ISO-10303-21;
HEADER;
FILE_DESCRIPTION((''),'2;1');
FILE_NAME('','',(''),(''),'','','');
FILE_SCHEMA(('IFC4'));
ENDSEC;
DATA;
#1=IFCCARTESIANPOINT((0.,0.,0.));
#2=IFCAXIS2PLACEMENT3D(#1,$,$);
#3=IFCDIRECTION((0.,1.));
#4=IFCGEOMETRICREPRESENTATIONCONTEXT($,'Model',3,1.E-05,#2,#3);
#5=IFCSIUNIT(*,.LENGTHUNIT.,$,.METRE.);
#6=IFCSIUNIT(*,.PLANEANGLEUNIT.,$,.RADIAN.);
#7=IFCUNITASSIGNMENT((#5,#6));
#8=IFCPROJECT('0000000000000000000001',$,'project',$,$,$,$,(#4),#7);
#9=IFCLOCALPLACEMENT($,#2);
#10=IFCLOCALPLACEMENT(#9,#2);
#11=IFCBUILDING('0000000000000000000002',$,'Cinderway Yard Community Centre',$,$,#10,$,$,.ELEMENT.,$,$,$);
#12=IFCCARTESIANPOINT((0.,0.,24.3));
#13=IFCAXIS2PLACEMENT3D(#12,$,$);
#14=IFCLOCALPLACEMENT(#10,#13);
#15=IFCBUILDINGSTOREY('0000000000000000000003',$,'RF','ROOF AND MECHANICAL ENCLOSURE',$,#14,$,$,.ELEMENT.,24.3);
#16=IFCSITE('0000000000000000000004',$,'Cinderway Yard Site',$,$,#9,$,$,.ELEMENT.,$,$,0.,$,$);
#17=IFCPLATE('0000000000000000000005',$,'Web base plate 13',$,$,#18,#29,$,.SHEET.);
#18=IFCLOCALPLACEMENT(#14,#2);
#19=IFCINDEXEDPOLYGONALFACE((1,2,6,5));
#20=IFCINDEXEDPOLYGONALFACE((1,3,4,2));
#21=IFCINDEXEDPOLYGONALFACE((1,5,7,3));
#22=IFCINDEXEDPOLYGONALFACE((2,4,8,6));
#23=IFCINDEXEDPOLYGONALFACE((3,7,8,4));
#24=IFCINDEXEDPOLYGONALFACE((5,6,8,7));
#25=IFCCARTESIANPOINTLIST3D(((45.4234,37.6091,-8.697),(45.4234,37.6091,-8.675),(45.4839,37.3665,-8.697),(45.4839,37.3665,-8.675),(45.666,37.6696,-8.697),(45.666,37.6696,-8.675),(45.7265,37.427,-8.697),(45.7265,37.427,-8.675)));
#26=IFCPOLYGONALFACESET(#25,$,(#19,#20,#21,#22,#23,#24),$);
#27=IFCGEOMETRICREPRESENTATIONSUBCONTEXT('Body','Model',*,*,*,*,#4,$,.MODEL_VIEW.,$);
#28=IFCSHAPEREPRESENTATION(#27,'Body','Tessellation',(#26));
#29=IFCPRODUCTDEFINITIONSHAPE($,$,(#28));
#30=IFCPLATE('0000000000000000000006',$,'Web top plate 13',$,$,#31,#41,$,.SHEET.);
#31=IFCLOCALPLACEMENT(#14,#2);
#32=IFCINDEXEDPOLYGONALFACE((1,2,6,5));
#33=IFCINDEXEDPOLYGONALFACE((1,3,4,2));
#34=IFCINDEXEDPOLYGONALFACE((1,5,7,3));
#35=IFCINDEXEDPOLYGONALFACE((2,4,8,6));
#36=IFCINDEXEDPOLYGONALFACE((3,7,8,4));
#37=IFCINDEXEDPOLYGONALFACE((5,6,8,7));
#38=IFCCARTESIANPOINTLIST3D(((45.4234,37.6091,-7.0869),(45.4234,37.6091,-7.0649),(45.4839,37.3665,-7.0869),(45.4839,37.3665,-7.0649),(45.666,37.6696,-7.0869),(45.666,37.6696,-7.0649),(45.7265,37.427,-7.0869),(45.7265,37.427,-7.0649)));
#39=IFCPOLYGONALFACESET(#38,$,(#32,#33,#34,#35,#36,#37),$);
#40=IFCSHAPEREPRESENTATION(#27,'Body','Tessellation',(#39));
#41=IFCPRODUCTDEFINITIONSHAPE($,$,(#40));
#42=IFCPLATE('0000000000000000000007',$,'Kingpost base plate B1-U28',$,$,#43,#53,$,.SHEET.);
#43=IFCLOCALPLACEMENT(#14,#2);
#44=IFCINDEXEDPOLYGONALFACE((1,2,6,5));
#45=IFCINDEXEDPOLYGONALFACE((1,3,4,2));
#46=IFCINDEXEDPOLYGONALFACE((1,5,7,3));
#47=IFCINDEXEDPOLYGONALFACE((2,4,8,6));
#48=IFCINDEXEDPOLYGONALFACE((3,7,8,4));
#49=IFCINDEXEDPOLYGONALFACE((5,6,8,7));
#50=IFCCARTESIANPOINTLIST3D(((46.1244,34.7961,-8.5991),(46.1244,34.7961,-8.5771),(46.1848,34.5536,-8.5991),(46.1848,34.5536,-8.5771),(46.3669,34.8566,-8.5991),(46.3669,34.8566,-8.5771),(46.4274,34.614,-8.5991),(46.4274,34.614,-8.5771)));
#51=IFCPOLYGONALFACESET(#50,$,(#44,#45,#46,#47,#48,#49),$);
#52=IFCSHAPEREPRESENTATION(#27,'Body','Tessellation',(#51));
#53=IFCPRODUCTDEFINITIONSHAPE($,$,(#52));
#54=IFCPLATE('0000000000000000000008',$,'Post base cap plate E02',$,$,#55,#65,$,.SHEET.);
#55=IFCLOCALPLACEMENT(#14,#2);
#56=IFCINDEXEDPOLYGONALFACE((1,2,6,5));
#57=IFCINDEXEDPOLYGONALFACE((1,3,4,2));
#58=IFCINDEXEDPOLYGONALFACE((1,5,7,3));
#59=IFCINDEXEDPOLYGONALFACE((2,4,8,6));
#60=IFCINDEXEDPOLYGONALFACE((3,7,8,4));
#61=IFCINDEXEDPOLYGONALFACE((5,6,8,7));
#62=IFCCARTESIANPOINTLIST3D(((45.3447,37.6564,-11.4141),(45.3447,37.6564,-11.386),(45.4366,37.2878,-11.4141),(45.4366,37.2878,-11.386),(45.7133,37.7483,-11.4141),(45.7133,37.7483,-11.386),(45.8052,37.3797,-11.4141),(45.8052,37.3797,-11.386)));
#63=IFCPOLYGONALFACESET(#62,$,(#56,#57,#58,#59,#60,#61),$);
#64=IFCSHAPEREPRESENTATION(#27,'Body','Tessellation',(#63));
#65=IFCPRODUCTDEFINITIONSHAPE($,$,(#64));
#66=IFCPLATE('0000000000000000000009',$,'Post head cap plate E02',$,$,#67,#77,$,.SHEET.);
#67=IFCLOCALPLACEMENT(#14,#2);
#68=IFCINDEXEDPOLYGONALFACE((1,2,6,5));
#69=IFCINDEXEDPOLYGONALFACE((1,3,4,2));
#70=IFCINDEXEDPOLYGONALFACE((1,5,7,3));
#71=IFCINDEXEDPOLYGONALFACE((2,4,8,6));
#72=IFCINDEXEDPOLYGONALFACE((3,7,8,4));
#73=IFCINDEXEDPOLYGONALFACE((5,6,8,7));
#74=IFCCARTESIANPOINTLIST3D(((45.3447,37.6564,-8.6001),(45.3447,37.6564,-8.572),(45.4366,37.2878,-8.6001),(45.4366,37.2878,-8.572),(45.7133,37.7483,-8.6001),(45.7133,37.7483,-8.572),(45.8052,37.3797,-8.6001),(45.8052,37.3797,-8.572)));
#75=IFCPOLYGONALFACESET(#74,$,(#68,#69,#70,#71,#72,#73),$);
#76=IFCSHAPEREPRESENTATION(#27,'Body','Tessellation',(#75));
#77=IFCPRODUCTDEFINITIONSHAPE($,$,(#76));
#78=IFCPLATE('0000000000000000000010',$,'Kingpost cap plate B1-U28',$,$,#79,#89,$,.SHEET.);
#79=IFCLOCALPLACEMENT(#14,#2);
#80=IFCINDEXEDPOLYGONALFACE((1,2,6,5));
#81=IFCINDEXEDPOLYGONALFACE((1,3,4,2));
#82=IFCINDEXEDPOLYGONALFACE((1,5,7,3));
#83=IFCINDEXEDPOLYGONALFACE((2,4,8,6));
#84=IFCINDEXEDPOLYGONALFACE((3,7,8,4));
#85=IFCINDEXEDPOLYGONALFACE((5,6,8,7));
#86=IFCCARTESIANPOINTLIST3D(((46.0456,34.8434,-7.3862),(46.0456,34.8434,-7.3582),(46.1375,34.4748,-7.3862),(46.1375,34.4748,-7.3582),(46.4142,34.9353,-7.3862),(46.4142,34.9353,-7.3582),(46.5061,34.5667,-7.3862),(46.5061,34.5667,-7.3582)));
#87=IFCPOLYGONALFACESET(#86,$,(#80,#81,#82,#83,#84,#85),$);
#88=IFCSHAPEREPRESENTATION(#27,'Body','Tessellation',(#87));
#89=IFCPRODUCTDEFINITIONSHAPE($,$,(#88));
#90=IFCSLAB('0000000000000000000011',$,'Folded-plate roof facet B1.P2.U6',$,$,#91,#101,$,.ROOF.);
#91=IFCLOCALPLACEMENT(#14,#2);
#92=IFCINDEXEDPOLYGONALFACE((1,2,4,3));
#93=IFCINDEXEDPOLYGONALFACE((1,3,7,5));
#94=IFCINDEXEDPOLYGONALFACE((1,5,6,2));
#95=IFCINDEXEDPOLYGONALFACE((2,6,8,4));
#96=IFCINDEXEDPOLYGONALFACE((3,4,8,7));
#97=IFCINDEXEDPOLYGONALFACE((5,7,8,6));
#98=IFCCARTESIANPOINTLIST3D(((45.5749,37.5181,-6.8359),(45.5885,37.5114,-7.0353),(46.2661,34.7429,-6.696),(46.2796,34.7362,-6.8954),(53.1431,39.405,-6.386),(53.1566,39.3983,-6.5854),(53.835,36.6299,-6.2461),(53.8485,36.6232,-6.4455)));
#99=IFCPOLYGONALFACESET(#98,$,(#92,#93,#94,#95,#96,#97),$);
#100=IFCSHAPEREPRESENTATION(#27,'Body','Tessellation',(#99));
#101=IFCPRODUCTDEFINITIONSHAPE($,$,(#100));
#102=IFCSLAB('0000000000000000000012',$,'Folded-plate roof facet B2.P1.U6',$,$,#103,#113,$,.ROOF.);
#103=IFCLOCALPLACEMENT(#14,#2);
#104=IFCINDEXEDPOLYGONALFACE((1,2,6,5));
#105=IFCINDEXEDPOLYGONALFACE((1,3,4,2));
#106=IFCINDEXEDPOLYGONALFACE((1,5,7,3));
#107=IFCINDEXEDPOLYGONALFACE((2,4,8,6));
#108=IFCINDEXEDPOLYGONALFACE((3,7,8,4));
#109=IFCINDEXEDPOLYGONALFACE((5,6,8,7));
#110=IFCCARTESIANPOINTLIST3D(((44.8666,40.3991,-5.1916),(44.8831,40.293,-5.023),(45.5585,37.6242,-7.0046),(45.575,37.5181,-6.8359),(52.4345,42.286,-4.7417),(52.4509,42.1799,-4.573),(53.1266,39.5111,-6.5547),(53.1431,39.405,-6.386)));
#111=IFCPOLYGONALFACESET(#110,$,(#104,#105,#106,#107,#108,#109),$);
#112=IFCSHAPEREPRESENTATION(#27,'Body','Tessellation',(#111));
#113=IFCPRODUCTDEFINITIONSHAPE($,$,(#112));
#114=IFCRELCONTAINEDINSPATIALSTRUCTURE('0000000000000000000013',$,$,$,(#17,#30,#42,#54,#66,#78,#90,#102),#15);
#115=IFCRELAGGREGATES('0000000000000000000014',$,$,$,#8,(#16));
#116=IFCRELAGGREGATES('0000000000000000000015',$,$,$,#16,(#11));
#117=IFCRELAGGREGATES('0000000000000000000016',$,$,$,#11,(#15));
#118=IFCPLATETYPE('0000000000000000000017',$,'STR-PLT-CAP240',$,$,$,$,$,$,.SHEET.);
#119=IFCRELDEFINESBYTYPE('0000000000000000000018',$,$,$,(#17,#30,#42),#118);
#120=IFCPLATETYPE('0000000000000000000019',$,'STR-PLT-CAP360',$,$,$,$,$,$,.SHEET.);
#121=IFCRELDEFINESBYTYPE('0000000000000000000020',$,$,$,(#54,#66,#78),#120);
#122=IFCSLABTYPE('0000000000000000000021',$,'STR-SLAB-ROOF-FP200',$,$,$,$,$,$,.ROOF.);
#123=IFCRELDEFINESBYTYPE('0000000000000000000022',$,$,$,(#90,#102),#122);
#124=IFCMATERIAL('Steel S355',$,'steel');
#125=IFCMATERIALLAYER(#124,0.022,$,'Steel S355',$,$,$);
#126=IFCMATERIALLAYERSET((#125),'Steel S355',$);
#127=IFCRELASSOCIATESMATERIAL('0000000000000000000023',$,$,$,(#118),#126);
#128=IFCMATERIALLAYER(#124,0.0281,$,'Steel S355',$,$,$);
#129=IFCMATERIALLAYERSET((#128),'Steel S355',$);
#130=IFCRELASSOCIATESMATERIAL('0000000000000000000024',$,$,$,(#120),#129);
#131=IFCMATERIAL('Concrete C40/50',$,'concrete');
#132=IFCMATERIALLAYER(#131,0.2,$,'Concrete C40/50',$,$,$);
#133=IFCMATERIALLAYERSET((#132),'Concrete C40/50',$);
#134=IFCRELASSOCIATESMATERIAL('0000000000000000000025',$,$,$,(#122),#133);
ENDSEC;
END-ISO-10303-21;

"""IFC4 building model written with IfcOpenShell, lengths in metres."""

from ifc_helpers import new_model, si_unit, direction, frame, origin, origin_2d, place, context, subcontext, project, spatial, polyline, rectangle, outline, extrude, material, layer, layer_set, type_object, element, save


model = new_model("IFC4")

# Units and contexts
model_context = context("Model", 3, precision=1e-05, world=origin(), true_north=direction((0.0, 1.0)))
body_context = subcontext(model_context, "Body", "Model", "MODEL_VIEW")
ifc_project = project(units=[si_unit("LENGTHUNIT", "METRE"), si_unit("PLANEANGLEUNIT", "RADIAN")], contexts=[model_context])

# Site, building, storey
site_placement = place(None, origin())
site = spatial("IfcSite", under=ifc_project, at=site_placement, Name="Cinderway Yard Site", CompositionType="ELEMENT", RefElevation=0.0)
building_placement = place(site_placement, origin())
building = spatial("IfcBuilding", under=site, at=building_placement, Name="Cinderway Yard Community Centre", CompositionType="ELEMENT")
storey_placement = place(building_placement, frame((0.0, 0.0, 24.3)))
storey = spatial("IfcBuildingStorey", under=building, at=storey_placement, Name="RF", Description="ROOF AND MECHANICAL ENCLOSURE", CompositionType="ELEMENT", Elevation=24.3)

# Shared definitions
ifc_material_1 = material(Name="Steel S355", Category="steel")

# Shared definitions
ifc_material_2 = material(Name="Concrete C40/50", Category="concrete")

# Plates
ifc_layer_1 = layer(ifc_material_1, 0.022, Name="Steel S355")
ifc_layer_set_1 = layer_set([ifc_layer_1], Name="Steel S355")
plate_type_1 = type_object("IfcPlateType", Name="STR-PLT-CAP240", PredefinedType="SHEET", material=ifc_layer_set_1)
for number, where, z_axis, x_axis, name in (
    (1, (45.575, 37.5181, -8.697), (0.0, 0.0, 1.0), (0.970296, 0.241922, 0.0), "Web base plate 13"),
    (2, (45.575, 37.5181, -7.0869), (0.0, 0.0, 1.0), (0.970296, 0.241922, 0.0), "Web top plate 13"),
    (3, (46.2759, 34.7051, -8.5991), (0.0, 0.0, 1.0), (0.970296, 0.241922, 0.0), "Kingpost base plate B1-U28"),
):
    element("IfcPlate", number, at=place(storey_placement, frame(where, z_axis=z_axis, x_axis=x_axis)), inside=storey, type_object=plate_type_1, Name=name, PredefinedType="SHEET", context=body_context, shape_type="SweptSolid", body=[
        extrude(rectangle(XDim=0.25, YDim=0.25, at=origin_2d()), origin(), (0.0, 0.0, 1.0), 0.022),
    ])
ifc_layer_2 = layer(ifc_material_1, 0.0281, Name="Steel S355")
ifc_layer_set_2 = layer_set([ifc_layer_2], Name="Steel S355")
plate_type_2 = type_object("IfcPlateType", Name="STR-PLT-CAP360", PredefinedType="SHEET", material=ifc_layer_set_2)
for number, where, z_axis, x_axis, name in (
    (4, (45.575, 37.5181, -11.4141), (0.0, 0.0, 1.0), (0.970296, 0.241922, 0.0), "Post base cap plate E02"),
    (5, (45.575, 37.5181, -8.6001), (0.0, 0.0, 1.0), (0.970296, 0.241922, 0.0), "Post head cap plate E02"),
    (6, (46.2759, 34.7051, -7.3862), (0.0, 0.0, 1.0), (0.970296, 0.241922, 0.0), "Kingpost cap plate B1-U28"),
):
    element("IfcPlate", number, at=place(storey_placement, frame(where, z_axis=z_axis, x_axis=x_axis)), inside=storey, type_object=plate_type_2, Name=name, PredefinedType="SHEET", context=body_context, shape_type="SweptSolid", body=[
        extrude(rectangle(XDim=0.3799, YDim=0.3799, at=origin_2d()), origin(), (0.0, 0.0, 1.0), 0.0281),
    ])

# Slabs
ifc_layer_3 = layer(ifc_material_2, 0.2, Name="Concrete C40/50")
ifc_layer_set_3 = layer_set([ifc_layer_3], Name="Concrete C40/50")
slab_type = type_object("IfcSlabType", Name="STR-SLAB-ROOF-FP200", PredefinedType="ROOF", material=ifc_layer_set_3)
slab_1_placement = place(storey_placement, frame((46.2661, 34.7429, -6.696), z_axis=(-0.067613, 0.033417, 0.997152), x_axis=(0.96869, 0.241501, 0.05759)))
element("IfcSlab", 7, at=slab_1_placement, inside=storey, type_object=slab_type, Name="Folded-plate roof facet B1.P2.U6", PredefinedType="ROOF", context=body_context, shape_type="SweptSolid", body=[
    extrude(outline(polyline([(0.0, 0.0), (7.8135, 0.0), (7.8054, 2.8635), (-0.0074, 2.8633), (0.0, 0.0)])), origin(), (0.0, 0.0, -1.0), 0.2),
])
slab_2_placement = place(storey_placement, frame((45.575, 37.5181, -6.8359), z_axis=(0.082159, -0.53067, 0.843587), x_axis=(0.968685, 0.241523, 0.057591)))
element("IfcSlab", 8, at=slab_2_placement, inside=storey, type_object=slab_type, Name="Folded-plate roof facet B2.P1.U6", PredefinedType="ROOF", context=body_context, shape_type="SweptSolid", body=[
    extrude(outline(polyline([(0.0, 0.0), (7.8128, 0.0), (7.9169, 3.3846), (0.1044, 3.3845), (0.0, 0.0)])), origin(), (0.0, 0.0, -1.0), 0.2),
])

save(model, "model.ifc")
